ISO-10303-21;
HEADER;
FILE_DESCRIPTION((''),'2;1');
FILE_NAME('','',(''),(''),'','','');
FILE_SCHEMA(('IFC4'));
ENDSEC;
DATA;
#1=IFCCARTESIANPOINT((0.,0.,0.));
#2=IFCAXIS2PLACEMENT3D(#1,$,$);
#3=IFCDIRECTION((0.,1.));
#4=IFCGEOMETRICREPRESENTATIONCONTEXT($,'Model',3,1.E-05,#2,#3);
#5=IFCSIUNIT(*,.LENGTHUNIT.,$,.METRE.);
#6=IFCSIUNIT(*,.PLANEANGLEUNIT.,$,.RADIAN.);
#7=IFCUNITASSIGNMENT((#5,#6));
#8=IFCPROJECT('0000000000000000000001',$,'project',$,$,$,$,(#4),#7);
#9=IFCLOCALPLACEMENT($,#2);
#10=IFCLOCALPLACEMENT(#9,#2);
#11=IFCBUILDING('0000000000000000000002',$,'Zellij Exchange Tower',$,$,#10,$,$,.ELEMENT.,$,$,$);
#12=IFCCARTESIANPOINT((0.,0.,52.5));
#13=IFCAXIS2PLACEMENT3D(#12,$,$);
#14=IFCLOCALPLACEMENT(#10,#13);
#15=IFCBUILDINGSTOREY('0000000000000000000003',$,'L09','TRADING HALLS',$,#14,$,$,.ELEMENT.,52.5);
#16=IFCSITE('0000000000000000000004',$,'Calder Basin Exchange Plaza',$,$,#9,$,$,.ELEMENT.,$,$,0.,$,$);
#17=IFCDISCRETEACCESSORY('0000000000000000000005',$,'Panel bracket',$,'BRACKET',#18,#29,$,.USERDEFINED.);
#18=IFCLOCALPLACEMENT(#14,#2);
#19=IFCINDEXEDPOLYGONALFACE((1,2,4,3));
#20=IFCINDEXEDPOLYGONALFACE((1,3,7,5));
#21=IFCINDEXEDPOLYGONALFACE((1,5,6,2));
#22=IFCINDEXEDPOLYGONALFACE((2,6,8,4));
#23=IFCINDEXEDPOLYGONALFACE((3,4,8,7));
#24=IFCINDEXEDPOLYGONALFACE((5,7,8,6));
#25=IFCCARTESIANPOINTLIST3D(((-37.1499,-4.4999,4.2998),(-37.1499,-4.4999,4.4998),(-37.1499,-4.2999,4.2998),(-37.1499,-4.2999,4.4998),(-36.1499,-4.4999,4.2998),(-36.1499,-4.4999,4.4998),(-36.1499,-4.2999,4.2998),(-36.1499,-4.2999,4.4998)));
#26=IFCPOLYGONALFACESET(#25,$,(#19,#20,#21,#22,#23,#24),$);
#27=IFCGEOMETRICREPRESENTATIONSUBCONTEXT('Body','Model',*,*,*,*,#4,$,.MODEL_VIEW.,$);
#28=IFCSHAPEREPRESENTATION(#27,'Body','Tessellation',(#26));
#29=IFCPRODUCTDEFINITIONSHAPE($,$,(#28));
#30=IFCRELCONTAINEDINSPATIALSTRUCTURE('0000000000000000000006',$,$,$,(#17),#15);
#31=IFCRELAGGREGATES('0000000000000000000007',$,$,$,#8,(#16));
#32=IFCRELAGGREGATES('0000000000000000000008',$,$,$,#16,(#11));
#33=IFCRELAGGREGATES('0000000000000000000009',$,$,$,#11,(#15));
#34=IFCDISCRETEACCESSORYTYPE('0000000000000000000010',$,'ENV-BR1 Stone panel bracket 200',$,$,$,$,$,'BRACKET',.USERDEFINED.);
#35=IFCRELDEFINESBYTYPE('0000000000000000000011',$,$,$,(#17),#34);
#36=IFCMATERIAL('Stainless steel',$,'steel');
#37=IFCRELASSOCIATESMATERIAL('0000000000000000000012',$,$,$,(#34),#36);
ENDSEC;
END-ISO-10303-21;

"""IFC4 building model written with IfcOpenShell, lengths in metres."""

from ifc_helpers import new_model, si_unit, direction, frame, origin, origin_2d, place, context, subcontext, project, spatial, rectangle, extrude, material, type_object, element, save


model = new_model("IFC4")

# Units and contexts
model_context = context("Model", 3, precision=1e-05, world=origin(), true_north=direction((0.0, 1.0)))
body_context = subcontext(model_context, "Body", "Model", "MODEL_VIEW")
ifc_project = project(units=[si_unit("LENGTHUNIT", "METRE"), si_unit("PLANEANGLEUNIT", "RADIAN")], contexts=[model_context])

# Site, building, storey
site_placement = place(None, origin())
site = spatial("IfcSite", under=ifc_project, at=site_placement, Name="Calder Basin Exchange Plaza", CompositionType="ELEMENT", RefElevation=0.0)
building_placement = place(site_placement, origin())
building = spatial("IfcBuilding", under=site, at=building_placement, Name="Zellij Exchange Tower", CompositionType="ELEMENT")
storey_placement = place(building_placement, frame((0.0, 0.0, 52.5)))
storey = spatial("IfcBuildingStorey", under=building, at=storey_placement, Name="L09", Description="TRADING HALLS", CompositionType="ELEMENT", Elevation=52.5)

# Discrete accessory
ifc_material_1 = material(Name="Stainless steel", Category="steel")
discrete_accessory_type = type_object("IfcDiscreteAccessoryType", Name="ENV-BR1 Stone panel bracket 200", ElementType="BRACKET", PredefinedType="USERDEFINED", material=ifc_material_1)
for number, where, z_axis, x_axis, name in (
    (1, (-36.6499, -4.3999, 4.2998), (0.0, 0.0, 1.0), (0.0, -1.0, 0.0), "Panel bracket"),
):
    element("IfcDiscreteAccessory", number, at=place(storey_placement, frame(where, z_axis=z_axis, x_axis=x_axis)), inside=storey, type_object=discrete_accessory_type, Name=name, ObjectType="BRACKET", PredefinedType="USERDEFINED", context=body_context, shape_type="SweptSolid", body=[
        extrude(rectangle(XDim=0.2, YDim=1.0, at=origin_2d()), origin(), (0.0, 0.0, 1.0), 0.2),
    ])

save(model, "model.ifc")
